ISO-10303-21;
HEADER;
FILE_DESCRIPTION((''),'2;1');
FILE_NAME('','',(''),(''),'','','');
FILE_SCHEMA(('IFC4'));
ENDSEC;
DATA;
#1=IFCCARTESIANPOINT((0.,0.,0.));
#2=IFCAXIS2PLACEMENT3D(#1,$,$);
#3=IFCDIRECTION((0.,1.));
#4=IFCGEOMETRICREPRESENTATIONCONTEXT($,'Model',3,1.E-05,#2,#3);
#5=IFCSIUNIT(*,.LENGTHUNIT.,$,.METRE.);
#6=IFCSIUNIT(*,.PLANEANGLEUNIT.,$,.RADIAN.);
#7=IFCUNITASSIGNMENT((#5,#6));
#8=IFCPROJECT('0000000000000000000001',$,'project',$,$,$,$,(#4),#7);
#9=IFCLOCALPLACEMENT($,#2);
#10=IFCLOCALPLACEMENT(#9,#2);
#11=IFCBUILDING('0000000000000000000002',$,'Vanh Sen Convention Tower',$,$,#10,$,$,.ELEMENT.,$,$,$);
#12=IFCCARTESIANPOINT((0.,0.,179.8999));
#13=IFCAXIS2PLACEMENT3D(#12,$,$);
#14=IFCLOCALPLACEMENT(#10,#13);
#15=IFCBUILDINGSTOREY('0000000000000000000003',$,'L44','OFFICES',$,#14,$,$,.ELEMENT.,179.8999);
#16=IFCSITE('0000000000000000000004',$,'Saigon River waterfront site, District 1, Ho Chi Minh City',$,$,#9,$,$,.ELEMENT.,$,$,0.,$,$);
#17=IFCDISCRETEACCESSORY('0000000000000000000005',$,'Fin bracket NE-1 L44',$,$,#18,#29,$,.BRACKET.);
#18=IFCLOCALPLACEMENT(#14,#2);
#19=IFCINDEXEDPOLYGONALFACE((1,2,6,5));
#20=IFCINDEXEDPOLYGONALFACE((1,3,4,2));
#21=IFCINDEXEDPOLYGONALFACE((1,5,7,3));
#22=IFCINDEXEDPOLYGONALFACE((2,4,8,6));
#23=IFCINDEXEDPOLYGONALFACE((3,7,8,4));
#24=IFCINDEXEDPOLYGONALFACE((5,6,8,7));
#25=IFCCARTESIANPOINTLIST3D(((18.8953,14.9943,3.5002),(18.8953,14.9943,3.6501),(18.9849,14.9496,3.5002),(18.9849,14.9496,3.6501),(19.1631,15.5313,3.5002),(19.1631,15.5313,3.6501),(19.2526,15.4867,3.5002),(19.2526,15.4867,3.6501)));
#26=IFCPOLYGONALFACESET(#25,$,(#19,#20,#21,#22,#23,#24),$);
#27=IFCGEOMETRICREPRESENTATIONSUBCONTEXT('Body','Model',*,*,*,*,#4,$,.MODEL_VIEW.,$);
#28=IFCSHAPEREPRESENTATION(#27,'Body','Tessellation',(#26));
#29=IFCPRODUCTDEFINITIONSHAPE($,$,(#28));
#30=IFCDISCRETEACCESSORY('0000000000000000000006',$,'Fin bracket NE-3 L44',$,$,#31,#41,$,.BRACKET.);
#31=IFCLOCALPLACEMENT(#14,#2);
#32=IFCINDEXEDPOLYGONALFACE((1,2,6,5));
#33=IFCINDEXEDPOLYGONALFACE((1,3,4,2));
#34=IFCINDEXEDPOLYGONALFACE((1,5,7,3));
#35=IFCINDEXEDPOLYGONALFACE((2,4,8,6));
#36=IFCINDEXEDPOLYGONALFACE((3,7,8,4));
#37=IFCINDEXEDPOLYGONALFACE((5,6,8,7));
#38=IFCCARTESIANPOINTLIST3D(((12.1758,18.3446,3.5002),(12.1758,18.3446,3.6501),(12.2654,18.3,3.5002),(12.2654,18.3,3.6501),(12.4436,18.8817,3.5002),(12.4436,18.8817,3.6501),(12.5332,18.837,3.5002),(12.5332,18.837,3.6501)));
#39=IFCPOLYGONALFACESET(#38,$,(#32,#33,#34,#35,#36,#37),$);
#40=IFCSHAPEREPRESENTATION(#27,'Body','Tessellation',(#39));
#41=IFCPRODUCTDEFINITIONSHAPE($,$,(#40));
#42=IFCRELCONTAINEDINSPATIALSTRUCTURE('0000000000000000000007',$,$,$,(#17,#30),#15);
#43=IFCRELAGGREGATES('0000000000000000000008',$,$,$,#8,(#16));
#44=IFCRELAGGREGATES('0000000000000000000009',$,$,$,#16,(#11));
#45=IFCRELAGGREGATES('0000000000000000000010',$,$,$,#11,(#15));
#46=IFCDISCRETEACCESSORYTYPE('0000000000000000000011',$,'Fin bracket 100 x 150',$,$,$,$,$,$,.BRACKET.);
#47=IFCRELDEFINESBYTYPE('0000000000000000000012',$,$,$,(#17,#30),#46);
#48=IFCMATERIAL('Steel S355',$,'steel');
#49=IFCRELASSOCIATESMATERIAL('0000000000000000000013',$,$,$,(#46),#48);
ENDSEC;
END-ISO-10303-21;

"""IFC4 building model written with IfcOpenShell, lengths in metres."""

from ifc_helpers import new_model, si_unit, direction, frame, origin, origin_2d, place, context, subcontext, project, spatial, rectangle, extrude, material, type_object, element, save


model = new_model("IFC4")

# Units and contexts
model_context = context("Model", 3, precision=1e-05, world=origin(), true_north=direction((0.0, 1.0)))
body_context = subcontext(model_context, "Body", "Model", "MODEL_VIEW")
ifc_project = project(units=[si_unit("LENGTHUNIT", "METRE"), si_unit("PLANEANGLEUNIT", "RADIAN")], contexts=[model_context])

# Site, building, storey
site_placement = place(None, origin())
site = spatial("IfcSite", under=ifc_project, at=site_placement, Name="Saigon River waterfront site, District 1, Ho Chi Minh City", CompositionType="ELEMENT", RefElevation=0.0)
building_placement = place(site_placement, origin())
building = spatial("IfcBuilding", under=site, at=building_placement, Name="Vanh Sen Convention Tower", CompositionType="ELEMENT")
storey_placement = place(building_placement, frame((0.0, 0.0, 179.8999)))
storey = spatial("IfcBuildingStorey", under=building, at=storey_placement, Name="L44", Description="OFFICES", CompositionType="ELEMENT", Elevation=179.8999)

# Discrete accessories
ifc_material_1 = material(Name="Steel S355", Category="steel")
discrete_accessory_type = type_object("IfcDiscreteAccessoryType", Name="Fin bracket 100 x 150", PredefinedType="BRACKET", material=ifc_material_1)
for number, where, z_axis, x_axis, name in (
    (1, (19.074, 15.2405, 3.5002), (0.0, 0.0, 1.0), (0.446198, 0.894934, 0.0), "Fin bracket NE-1 L44"),
    (2, (12.3545, 18.5908, 3.5002), (0.0, 0.0, 1.0), (0.446198, 0.894934, 0.0), "Fin bracket NE-3 L44"),
):
    element("IfcDiscreteAccessory", number, at=place(storey_placement, frame(where, z_axis=z_axis, x_axis=x_axis)), inside=storey, type_object=discrete_accessory_type, Name=name, PredefinedType="BRACKET", context=body_context, shape_type="SweptSolid", body=[
        extrude(rectangle(XDim=0.6001, YDim=0.1001, at=origin_2d()), origin(), (0.0, 0.0, 1.0), 0.1499),
    ])

save(model, "model.ifc")
